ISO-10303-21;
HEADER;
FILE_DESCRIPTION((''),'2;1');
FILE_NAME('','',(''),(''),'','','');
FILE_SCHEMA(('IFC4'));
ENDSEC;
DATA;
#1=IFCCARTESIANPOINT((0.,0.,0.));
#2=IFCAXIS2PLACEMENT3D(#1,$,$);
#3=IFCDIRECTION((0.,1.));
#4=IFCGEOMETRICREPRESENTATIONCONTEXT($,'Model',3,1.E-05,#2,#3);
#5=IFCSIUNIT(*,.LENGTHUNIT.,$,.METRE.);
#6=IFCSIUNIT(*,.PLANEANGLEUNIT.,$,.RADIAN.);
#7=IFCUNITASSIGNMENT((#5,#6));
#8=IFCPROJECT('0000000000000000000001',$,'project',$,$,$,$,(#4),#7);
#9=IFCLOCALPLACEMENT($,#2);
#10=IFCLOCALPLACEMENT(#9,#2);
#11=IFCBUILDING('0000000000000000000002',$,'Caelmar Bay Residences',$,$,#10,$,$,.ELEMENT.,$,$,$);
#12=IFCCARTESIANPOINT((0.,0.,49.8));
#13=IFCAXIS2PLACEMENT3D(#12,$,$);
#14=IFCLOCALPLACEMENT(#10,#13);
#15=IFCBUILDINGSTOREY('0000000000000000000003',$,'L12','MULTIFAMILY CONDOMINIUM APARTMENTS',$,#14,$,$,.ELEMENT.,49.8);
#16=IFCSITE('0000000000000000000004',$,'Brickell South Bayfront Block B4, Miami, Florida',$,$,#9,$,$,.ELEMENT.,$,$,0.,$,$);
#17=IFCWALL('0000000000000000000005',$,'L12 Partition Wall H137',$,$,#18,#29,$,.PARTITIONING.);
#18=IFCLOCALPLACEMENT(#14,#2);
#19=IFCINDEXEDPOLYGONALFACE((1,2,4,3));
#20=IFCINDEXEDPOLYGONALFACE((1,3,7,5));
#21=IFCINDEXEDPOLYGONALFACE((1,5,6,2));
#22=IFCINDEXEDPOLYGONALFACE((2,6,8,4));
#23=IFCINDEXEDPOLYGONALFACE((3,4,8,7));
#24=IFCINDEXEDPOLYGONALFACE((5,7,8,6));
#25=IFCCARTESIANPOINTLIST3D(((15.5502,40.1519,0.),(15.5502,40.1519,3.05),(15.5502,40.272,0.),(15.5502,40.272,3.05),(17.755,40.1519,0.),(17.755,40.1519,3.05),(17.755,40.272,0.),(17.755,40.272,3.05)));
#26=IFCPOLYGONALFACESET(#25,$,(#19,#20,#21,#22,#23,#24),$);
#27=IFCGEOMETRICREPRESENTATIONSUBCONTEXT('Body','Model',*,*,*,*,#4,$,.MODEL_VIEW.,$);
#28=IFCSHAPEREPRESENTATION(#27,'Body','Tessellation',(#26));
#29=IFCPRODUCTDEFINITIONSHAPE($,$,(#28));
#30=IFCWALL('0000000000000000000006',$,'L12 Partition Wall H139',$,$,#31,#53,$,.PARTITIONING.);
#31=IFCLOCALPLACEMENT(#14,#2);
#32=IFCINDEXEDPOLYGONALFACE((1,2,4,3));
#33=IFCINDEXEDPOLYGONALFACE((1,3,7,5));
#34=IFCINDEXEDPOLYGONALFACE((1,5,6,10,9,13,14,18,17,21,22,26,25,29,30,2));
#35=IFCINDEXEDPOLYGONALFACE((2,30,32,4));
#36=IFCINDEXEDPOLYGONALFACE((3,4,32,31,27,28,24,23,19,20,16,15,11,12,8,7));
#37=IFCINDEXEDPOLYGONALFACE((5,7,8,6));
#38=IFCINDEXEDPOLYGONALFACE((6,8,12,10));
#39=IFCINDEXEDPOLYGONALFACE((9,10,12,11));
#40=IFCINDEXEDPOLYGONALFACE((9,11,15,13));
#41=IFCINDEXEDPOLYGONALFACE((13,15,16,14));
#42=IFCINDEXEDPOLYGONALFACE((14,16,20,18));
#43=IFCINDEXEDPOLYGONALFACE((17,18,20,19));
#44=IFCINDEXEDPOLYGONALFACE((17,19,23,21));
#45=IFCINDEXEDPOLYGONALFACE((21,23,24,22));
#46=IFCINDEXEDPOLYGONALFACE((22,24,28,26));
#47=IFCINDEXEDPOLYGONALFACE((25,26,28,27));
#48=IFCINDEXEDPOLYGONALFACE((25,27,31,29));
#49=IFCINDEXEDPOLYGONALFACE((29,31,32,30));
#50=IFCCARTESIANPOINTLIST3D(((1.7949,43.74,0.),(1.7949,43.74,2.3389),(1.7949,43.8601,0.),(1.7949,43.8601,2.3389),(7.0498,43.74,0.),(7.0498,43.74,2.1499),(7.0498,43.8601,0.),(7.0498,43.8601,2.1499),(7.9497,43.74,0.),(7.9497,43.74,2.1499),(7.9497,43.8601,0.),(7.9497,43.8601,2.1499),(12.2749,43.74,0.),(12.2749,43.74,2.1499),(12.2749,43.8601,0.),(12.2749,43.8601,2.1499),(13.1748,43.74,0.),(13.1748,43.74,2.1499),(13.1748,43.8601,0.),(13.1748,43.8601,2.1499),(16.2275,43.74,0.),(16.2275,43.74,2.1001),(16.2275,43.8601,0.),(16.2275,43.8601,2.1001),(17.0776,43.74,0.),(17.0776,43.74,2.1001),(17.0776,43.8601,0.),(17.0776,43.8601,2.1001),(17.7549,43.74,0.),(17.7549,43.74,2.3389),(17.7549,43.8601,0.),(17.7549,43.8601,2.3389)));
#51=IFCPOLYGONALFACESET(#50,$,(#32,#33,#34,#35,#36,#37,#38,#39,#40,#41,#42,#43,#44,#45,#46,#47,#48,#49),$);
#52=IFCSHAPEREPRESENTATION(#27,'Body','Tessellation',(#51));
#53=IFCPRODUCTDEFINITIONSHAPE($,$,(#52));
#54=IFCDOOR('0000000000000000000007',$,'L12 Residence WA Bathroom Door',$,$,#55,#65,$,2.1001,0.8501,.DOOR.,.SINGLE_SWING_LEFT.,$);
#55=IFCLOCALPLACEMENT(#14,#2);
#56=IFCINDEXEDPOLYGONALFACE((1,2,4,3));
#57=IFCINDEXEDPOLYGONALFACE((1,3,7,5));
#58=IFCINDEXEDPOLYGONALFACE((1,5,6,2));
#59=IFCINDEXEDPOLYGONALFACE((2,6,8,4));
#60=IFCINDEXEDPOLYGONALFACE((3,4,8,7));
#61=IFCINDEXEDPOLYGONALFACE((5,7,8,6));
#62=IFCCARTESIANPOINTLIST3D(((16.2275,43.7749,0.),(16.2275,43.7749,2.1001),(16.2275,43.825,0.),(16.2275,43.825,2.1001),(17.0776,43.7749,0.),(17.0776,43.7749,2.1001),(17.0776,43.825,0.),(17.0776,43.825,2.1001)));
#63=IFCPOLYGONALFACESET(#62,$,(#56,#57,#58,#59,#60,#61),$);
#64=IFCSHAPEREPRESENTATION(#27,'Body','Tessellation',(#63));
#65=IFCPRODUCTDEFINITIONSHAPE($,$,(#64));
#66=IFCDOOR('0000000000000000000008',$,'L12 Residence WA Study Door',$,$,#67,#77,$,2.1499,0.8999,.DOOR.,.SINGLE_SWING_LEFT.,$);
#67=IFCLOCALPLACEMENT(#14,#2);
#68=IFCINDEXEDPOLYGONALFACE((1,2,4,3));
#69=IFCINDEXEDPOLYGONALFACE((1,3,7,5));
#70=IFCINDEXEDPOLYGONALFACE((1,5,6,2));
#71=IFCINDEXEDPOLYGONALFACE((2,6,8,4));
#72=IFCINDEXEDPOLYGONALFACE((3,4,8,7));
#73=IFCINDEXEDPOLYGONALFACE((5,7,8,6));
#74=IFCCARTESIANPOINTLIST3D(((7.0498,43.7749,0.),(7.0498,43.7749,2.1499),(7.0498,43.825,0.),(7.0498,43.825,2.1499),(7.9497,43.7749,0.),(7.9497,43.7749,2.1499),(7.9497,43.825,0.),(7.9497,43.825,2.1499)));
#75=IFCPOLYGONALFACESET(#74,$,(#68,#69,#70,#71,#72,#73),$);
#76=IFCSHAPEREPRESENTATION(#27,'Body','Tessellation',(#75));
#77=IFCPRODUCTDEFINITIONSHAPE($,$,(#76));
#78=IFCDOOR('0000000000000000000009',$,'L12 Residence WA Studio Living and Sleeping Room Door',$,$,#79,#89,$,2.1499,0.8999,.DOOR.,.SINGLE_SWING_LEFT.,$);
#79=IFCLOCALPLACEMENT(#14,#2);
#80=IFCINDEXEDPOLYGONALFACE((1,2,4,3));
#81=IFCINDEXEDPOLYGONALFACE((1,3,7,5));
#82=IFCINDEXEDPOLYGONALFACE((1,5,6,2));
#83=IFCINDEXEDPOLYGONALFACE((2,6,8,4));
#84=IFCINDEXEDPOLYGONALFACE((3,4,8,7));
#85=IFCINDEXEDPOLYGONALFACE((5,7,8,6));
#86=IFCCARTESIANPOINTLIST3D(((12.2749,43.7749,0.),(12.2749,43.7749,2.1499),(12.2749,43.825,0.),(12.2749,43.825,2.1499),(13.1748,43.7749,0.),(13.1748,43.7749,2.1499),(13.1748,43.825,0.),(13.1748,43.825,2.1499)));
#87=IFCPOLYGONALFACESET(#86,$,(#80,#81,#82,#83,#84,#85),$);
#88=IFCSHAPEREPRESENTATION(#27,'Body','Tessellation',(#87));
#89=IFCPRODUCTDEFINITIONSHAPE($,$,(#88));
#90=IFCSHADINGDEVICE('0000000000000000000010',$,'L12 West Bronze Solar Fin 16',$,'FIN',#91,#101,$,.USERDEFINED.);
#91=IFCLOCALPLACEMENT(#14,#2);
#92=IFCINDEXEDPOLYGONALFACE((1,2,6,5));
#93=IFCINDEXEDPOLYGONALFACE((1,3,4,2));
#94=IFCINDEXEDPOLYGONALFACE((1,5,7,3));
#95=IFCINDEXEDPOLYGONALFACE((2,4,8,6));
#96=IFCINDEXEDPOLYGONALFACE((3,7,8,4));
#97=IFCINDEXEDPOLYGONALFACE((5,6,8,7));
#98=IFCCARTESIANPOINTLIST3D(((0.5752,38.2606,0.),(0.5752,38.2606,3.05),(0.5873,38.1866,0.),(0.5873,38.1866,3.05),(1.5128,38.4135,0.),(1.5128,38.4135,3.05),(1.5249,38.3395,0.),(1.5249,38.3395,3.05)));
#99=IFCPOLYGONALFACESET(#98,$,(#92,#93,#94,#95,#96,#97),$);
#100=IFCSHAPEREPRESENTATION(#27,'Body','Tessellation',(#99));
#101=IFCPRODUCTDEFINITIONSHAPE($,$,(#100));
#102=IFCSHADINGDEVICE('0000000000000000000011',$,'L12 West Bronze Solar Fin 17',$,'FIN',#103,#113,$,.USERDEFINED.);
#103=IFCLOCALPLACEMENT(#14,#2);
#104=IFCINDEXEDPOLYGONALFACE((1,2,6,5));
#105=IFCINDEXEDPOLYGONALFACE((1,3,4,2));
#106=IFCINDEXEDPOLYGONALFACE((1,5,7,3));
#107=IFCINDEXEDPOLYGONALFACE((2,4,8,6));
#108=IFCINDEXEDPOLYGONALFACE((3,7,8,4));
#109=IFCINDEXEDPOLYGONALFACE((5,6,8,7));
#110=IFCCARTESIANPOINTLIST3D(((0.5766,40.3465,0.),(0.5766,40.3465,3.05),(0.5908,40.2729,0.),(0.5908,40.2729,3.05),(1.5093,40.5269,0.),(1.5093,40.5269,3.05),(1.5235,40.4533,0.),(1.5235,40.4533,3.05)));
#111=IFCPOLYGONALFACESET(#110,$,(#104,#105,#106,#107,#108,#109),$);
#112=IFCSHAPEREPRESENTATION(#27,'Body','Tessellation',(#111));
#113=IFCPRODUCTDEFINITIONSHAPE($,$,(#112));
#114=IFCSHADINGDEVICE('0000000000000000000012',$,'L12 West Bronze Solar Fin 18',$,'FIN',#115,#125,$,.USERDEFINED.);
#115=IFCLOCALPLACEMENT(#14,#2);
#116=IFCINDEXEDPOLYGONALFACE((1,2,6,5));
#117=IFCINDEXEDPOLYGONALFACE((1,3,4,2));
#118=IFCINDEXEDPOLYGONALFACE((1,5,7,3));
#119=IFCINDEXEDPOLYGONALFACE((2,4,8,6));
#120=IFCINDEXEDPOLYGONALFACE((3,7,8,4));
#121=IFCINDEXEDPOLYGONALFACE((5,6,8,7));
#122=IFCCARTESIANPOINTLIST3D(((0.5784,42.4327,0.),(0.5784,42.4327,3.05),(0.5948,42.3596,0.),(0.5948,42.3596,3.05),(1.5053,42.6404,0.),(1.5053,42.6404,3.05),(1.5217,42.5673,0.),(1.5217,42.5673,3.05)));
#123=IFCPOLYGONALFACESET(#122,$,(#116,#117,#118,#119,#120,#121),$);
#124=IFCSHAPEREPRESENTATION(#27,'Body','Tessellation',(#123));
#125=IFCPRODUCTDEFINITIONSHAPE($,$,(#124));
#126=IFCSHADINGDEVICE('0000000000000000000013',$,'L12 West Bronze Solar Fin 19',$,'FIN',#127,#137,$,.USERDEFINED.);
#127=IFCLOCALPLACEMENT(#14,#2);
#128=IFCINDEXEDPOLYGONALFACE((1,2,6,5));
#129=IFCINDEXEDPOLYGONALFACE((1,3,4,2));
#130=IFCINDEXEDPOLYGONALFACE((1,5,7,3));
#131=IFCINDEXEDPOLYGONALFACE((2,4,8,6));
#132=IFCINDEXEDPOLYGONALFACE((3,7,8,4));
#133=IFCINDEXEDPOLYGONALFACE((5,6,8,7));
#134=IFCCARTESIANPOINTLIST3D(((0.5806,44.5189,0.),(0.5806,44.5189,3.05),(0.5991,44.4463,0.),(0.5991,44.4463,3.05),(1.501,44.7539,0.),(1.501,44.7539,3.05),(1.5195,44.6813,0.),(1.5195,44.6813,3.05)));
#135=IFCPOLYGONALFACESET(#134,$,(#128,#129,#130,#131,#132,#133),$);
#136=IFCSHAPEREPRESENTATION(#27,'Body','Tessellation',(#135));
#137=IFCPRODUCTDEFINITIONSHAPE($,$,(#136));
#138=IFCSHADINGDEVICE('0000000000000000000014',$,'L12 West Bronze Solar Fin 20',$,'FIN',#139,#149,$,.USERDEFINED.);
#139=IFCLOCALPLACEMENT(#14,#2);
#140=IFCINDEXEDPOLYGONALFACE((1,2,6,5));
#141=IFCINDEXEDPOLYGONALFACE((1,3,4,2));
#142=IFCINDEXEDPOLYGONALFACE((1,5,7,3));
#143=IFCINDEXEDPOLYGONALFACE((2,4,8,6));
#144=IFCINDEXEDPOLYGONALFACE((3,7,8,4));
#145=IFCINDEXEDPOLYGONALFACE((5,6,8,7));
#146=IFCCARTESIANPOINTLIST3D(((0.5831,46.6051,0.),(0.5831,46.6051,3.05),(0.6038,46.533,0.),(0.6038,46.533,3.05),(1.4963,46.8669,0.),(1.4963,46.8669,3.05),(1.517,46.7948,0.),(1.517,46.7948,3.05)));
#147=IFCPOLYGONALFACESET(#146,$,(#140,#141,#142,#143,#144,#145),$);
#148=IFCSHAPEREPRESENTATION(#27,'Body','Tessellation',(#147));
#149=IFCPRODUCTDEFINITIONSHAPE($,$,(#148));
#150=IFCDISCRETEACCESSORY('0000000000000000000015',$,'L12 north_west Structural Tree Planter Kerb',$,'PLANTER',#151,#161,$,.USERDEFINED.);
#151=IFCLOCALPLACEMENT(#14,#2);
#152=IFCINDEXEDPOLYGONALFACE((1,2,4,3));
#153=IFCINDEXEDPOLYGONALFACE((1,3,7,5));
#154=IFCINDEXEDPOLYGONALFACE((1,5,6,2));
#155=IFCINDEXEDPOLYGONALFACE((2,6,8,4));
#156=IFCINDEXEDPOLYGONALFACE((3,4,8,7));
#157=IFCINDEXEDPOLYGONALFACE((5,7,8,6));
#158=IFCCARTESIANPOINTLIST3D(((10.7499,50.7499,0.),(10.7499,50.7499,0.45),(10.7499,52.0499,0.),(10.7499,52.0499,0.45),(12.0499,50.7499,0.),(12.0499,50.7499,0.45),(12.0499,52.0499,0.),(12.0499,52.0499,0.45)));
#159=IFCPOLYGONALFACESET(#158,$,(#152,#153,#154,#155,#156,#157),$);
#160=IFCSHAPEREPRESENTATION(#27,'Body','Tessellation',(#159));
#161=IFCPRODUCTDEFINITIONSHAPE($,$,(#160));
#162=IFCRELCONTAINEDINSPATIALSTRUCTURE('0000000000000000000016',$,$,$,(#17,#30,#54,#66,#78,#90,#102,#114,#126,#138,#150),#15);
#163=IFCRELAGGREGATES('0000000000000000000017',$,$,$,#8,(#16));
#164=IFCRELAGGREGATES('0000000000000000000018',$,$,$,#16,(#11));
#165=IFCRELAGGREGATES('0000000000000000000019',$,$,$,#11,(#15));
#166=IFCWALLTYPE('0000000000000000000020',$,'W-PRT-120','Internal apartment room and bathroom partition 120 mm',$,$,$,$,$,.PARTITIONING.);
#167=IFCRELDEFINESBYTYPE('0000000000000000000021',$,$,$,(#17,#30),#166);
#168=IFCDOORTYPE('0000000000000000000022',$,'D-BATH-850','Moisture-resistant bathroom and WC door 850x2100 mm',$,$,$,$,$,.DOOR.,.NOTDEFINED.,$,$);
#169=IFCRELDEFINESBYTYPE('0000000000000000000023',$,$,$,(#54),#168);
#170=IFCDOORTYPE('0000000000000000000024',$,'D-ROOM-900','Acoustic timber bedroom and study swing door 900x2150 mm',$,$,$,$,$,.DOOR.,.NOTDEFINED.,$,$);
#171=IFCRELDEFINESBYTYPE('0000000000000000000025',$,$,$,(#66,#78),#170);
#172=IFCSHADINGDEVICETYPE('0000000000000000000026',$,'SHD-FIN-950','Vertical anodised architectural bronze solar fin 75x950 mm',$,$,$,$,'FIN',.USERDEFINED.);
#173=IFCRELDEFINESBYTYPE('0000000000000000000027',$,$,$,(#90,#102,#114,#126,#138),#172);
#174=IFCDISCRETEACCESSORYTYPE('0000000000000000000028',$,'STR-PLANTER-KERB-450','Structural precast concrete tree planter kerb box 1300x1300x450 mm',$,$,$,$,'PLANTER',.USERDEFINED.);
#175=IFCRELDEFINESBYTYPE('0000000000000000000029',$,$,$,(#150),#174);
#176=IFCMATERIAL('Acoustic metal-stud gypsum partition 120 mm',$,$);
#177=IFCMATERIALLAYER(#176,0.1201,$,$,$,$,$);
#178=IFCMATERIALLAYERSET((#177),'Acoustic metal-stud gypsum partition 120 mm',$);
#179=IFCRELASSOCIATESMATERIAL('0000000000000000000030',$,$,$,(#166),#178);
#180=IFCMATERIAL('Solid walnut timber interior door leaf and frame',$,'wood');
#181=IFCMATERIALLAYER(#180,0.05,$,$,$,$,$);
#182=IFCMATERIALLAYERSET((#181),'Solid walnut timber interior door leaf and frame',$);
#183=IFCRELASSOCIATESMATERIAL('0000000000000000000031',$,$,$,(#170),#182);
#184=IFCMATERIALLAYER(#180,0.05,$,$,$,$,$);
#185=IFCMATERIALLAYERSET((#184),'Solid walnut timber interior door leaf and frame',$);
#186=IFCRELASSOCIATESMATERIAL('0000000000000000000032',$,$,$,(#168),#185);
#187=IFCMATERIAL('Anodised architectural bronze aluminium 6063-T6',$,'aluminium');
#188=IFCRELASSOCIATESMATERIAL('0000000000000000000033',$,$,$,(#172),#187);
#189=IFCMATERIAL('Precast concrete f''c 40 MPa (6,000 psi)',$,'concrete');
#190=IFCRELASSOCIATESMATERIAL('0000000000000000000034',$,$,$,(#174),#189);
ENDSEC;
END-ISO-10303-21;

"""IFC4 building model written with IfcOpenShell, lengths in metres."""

from ifc_helpers import new_model, si_unit, direction, frame, frame_2d, origin, origin_2d, place, context, subcontext, project, spatial, rectangle, extrude, material, layer, layer_set, material_profile, profile_set, type_object, element, fill, save


model = new_model("IFC4")

# Units and contexts
model_context = context("Model", 3, precision=1e-05, world=origin(), true_north=direction((0.0, 1.0)))
body_context = subcontext(model_context, "Body", "Model", "MODEL_VIEW")
ifc_project = project(units=[si_unit("LENGTHUNIT", "METRE"), si_unit("PLANEANGLEUNIT", "RADIAN")], contexts=[model_context])

# Site, building, storey
site_placement = place(None, origin())
site = spatial("IfcSite", under=ifc_project, at=site_placement, Name="Brickell South Bayfront Block B4, Miami, Florida", CompositionType="ELEMENT", RefElevation=0.0)
building_placement = place(site_placement, origin())
building = spatial("IfcBuilding", under=site, at=building_placement, Name="Caelmar Bay Residences", CompositionType="ELEMENT")
storey_placement = place(building_placement, frame((0.0, 0.0, 49.8)))
storey = spatial("IfcBuildingStorey", under=building, at=storey_placement, Name="L12", Description="MULTIFAMILY CONDOMINIUM APARTMENTS", CompositionType="ELEMENT", Elevation=49.8)

# Shared definitions
ifc_material_1 = material(Name="Precast concrete f'c 40 MPa (6,000 psi)", Category="concrete")

# Shared definitions
ifc_material_2 = material(Name="Acoustic metal-stud gypsum partition 120 mm")
ifc_layer_1 = layer(ifc_material_2, 0.1201)
ifc_layer_set_1 = layer_set([ifc_layer_1], Name="Acoustic metal-stud gypsum partition 120 mm")
wall_type_1 = type_object("IfcWallType", Name="W-PRT-120", Description="Internal apartment room and bathroom partition 120 mm", PredefinedType="PARTITIONING", material=ifc_layer_set_1)
ifc_material_3 = material(Name="Solid walnut timber interior door leaf and frame", Category="wood")
ifc_layer_2 = layer(ifc_material_3, 0.05)
ifc_layer_set_2 = layer_set([ifc_layer_2], Name="Solid walnut timber interior door leaf and frame")
door_type_1 = type_object("IfcDoorType", Name="D-ROOM-900", Description="Acoustic timber bedroom and study swing door 900x2150 mm", OperationType="NOTDEFINED", PredefinedType="DOOR", material=ifc_layer_set_2)

# Wall
wall_1_placement = place(storey_placement, frame((15.55, 40.2119, 0.0), z_axis=(0.0, 0.0, 1.0), x_axis=(1.0, 0.0, 0.0)))
element("IfcWall", 1, at=wall_1_placement, inside=storey, type_object=wall_type_1, Name="L12 Partition Wall H137", PredefinedType="PARTITIONING", context=body_context, shape_type="SweptSolid", body=[
    extrude(rectangle(XDim=2.2048, YDim=0.1201, at=frame_2d((1.1025, 0.0))), origin(), (0.0, 0.0, 1.0), 3.05),
])

# Wall, openings, doors
wall_2_placement = place(storey_placement, frame((1.7949, 43.8, 0.0), z_axis=(0.0, 0.0, 1.0), x_axis=(1.0, 0.0, 0.0)))
wall_2 = element("IfcWall", 2, at=wall_2_placement, inside=storey, type_object=wall_type_1, Name="L12 Partition Wall H139", PredefinedType="PARTITIONING", context=body_context, shape_type="SweptSolid", body=[
    extrude(rectangle(XDim=15.96, YDim=0.1201, at=frame_2d((7.98, 0.0))), origin(), (0.0, 0.0, 1.0), 2.3389),
])
opening_1_placement = place(wall_2_placement, frame((5.2549, 0.0, 0.0)))
opening_1 = element("IfcOpeningElement", 3, at=opening_1_placement, cuts=wall_2, PredefinedType="OPENING", context=body_context, shape_type="SweptSolid", body=[
    extrude(rectangle(XDim=0.8999, YDim=2.1499, at=frame_2d((0.45, 1.075))), frame((0.0, 0.0701, 0.0), z_axis=(0.0, -1.0, 0.0), x_axis=(1.0, 0.0, 0.0)), (0.0, 0.0, 1.0), 0.1401),
])
opening_2_placement = place(wall_2_placement, frame((10.48, 0.0, 0.0)))
opening_2 = element("IfcOpeningElement", 4, at=opening_2_placement, cuts=wall_2, PredefinedType="OPENING", context=body_context, shape_type="SweptSolid", body=[
    extrude(rectangle(XDim=0.8999, YDim=2.1499, at=frame_2d((0.45, 1.075))), frame((0.0, 0.0701, 0.0), z_axis=(0.0, -1.0, 0.0), x_axis=(1.0, 0.0, 0.0)), (0.0, 0.0, 1.0), 0.1401),
])
opening_3_placement = place(wall_2_placement, frame((14.4326, 0.0, 0.0)))
opening_3 = element("IfcOpeningElement", 5, at=opening_3_placement, cuts=wall_2, PredefinedType="OPENING", context=body_context, shape_type="SweptSolid", body=[
    extrude(rectangle(XDim=0.8501, YDim=2.1001, at=frame_2d((0.425, 1.05))), frame((0.0, 0.0701, 0.0), z_axis=(0.0, -1.0, 0.0), x_axis=(1.0, 0.0, 0.0)), (0.0, 0.0, 1.0), 0.1401),
])
ifc_layer_3 = layer(ifc_material_3, 0.05)
ifc_layer_set_3 = layer_set([ifc_layer_3], Name="Solid walnut timber interior door leaf and frame")
door_type_2 = type_object("IfcDoorType", Name="D-BATH-850", Description="Moisture-resistant bathroom and WC door 850x2100 mm", OperationType="NOTDEFINED", PredefinedType="DOOR", material=ifc_layer_set_3)
door_1_placement = place(opening_3_placement, origin())
door_1 = element("IfcDoor", 6, at=door_1_placement, inside=storey, type_object=door_type_2, Name="L12 Residence WA Bathroom Door", OperationType="SINGLE_SWING_LEFT", OverallHeight=2.1001, OverallWidth=0.8501, PredefinedType="DOOR", context=body_context, shape_type="SweptSolid", body=[
    extrude(rectangle(XDim=0.8501, YDim=2.1001, at=frame_2d((0.425, 1.05))), frame((0.0, 0.0249, 0.0), z_axis=(0.0, -1.0, 0.0), x_axis=(1.0, 0.0, 0.0)), (0.0, 0.0, 1.0), 0.05),
])
fill(opening_3, door_1)
door_2_placement = place(opening_1_placement, origin())
door_2 = element("IfcDoor", 7, at=door_2_placement, inside=storey, type_object=door_type_1, Name="L12 Residence WA Study Door", OperationType="SINGLE_SWING_LEFT", OverallHeight=2.1499, OverallWidth=0.8999, PredefinedType="DOOR", context=body_context, shape_type="SweptSolid", body=[
    extrude(rectangle(XDim=0.8999, YDim=2.1499, at=frame_2d((0.45, 1.075))), frame((0.0, 0.0249, 0.0), z_axis=(0.0, -1.0, 0.0), x_axis=(1.0, 0.0, 0.0)), (0.0, 0.0, 1.0), 0.05),
])
fill(opening_1, door_2)
door_3_placement = place(opening_2_placement, origin())
door_3 = element("IfcDoor", 8, at=door_3_placement, inside=storey, type_object=door_type_1, Name="L12 Residence WA Studio Living and Sleeping Room Door", OperationType="SINGLE_SWING_LEFT", OverallHeight=2.1499, OverallWidth=0.8999, PredefinedType="DOOR", context=body_context, shape_type="SweptSolid", body=[
    extrude(rectangle(XDim=0.8999, YDim=2.1499, at=frame_2d((0.45, 1.075))), frame((0.0, 0.0249, 0.0), z_axis=(0.0, -1.0, 0.0), x_axis=(1.0, 0.0, 0.0)), (0.0, 0.0, 1.0), 0.05),
])
fill(opening_2, door_3)

# Shading devices
ifc_material_4 = material(Name="Anodised architectural bronze aluminium 6063-T6", Category="aluminium")
ifc_material_profile_1 = material_profile(ifc_material_4, rectangle(XDim=0.075, YDim=0.95, at=origin_2d()), Name="BRONZE-FIN-75X950")
ifc_profile_set_1 = profile_set([ifc_material_profile_1], Name="Anodised architectural bronze aluminium 6063-T6")
shading_device_type = type_object("IfcShadingDeviceType", Name="SHD-FIN-950", Description="Vertical anodised architectural bronze solar fin 75x950 mm", ElementType="FIN", PredefinedType="USERDEFINED", material=ifc_profile_set_1)
for number, where, z_axis, x_axis, name in (
    (9, (1.05, 38.3, 0.0), (0.0, 0.0, 1.0), (-0.160915, 0.986968, 0.0), "L12 West Bronze Solar Fin 16"),
    (10, (1.05, 40.3999, 0.0), (0.0, 0.0, 1.0), (-0.189952, 0.981793, 0.0), "L12 West Bronze Solar Fin 17"),
    (11, (1.05, 42.5, 0.0), (0.0, 0.0, 1.0), (-0.218654, 0.975802, 0.0), "L12 West Bronze Solar Fin 18"),
    (12, (1.05, 44.6001, 0.0), (0.0, 0.0, 1.0), (-0.247337, 0.968929, 0.0), "L12 West Bronze Solar Fin 19"),
    (13, (1.05, 46.7, 0.0), (0.0, 0.0, 1.0), (-0.275637, 0.961262, 0.0), "L12 West Bronze Solar Fin 20"),
):
    element("IfcShadingDevice", number, at=place(storey_placement, frame(where, z_axis=z_axis, x_axis=x_axis)), inside=storey, type_object=shading_device_type, Name=name, ObjectType="FIN", PredefinedType="USERDEFINED", context=body_context, shape_type="SweptSolid", body=[
        extrude(rectangle(XDim=0.075, YDim=0.95, at=origin_2d()), origin(), (0.0, 0.0, 1.0), 3.05),
    ])

# Discrete accessory
discrete_accessory_type = type_object("IfcDiscreteAccessoryType", Name="STR-PLANTER-KERB-450", Description="Structural precast concrete tree planter kerb box 1300x1300x450 mm", ElementType="PLANTER", PredefinedType="USERDEFINED", material=ifc_material_1)
discrete_accessory_placement = place(storey_placement, frame((11.3999, 51.3999, 0.0), z_axis=(0.0, 0.0, 1.0), x_axis=(1.0, 0.0, 0.0)))
element("IfcDiscreteAccessory", 14, at=discrete_accessory_placement, inside=storey, type_object=discrete_accessory_type, Name="L12 north_west Structural Tree Planter Kerb", ObjectType="PLANTER", PredefinedType="USERDEFINED", context=body_context, shape_type="SweptSolid", body=[
    extrude(rectangle(XDim=1.3, YDim=1.3, at=origin_2d()), origin(), (0.0, 0.0, 1.0), 0.45),
])

save(model, "model.ifc")
